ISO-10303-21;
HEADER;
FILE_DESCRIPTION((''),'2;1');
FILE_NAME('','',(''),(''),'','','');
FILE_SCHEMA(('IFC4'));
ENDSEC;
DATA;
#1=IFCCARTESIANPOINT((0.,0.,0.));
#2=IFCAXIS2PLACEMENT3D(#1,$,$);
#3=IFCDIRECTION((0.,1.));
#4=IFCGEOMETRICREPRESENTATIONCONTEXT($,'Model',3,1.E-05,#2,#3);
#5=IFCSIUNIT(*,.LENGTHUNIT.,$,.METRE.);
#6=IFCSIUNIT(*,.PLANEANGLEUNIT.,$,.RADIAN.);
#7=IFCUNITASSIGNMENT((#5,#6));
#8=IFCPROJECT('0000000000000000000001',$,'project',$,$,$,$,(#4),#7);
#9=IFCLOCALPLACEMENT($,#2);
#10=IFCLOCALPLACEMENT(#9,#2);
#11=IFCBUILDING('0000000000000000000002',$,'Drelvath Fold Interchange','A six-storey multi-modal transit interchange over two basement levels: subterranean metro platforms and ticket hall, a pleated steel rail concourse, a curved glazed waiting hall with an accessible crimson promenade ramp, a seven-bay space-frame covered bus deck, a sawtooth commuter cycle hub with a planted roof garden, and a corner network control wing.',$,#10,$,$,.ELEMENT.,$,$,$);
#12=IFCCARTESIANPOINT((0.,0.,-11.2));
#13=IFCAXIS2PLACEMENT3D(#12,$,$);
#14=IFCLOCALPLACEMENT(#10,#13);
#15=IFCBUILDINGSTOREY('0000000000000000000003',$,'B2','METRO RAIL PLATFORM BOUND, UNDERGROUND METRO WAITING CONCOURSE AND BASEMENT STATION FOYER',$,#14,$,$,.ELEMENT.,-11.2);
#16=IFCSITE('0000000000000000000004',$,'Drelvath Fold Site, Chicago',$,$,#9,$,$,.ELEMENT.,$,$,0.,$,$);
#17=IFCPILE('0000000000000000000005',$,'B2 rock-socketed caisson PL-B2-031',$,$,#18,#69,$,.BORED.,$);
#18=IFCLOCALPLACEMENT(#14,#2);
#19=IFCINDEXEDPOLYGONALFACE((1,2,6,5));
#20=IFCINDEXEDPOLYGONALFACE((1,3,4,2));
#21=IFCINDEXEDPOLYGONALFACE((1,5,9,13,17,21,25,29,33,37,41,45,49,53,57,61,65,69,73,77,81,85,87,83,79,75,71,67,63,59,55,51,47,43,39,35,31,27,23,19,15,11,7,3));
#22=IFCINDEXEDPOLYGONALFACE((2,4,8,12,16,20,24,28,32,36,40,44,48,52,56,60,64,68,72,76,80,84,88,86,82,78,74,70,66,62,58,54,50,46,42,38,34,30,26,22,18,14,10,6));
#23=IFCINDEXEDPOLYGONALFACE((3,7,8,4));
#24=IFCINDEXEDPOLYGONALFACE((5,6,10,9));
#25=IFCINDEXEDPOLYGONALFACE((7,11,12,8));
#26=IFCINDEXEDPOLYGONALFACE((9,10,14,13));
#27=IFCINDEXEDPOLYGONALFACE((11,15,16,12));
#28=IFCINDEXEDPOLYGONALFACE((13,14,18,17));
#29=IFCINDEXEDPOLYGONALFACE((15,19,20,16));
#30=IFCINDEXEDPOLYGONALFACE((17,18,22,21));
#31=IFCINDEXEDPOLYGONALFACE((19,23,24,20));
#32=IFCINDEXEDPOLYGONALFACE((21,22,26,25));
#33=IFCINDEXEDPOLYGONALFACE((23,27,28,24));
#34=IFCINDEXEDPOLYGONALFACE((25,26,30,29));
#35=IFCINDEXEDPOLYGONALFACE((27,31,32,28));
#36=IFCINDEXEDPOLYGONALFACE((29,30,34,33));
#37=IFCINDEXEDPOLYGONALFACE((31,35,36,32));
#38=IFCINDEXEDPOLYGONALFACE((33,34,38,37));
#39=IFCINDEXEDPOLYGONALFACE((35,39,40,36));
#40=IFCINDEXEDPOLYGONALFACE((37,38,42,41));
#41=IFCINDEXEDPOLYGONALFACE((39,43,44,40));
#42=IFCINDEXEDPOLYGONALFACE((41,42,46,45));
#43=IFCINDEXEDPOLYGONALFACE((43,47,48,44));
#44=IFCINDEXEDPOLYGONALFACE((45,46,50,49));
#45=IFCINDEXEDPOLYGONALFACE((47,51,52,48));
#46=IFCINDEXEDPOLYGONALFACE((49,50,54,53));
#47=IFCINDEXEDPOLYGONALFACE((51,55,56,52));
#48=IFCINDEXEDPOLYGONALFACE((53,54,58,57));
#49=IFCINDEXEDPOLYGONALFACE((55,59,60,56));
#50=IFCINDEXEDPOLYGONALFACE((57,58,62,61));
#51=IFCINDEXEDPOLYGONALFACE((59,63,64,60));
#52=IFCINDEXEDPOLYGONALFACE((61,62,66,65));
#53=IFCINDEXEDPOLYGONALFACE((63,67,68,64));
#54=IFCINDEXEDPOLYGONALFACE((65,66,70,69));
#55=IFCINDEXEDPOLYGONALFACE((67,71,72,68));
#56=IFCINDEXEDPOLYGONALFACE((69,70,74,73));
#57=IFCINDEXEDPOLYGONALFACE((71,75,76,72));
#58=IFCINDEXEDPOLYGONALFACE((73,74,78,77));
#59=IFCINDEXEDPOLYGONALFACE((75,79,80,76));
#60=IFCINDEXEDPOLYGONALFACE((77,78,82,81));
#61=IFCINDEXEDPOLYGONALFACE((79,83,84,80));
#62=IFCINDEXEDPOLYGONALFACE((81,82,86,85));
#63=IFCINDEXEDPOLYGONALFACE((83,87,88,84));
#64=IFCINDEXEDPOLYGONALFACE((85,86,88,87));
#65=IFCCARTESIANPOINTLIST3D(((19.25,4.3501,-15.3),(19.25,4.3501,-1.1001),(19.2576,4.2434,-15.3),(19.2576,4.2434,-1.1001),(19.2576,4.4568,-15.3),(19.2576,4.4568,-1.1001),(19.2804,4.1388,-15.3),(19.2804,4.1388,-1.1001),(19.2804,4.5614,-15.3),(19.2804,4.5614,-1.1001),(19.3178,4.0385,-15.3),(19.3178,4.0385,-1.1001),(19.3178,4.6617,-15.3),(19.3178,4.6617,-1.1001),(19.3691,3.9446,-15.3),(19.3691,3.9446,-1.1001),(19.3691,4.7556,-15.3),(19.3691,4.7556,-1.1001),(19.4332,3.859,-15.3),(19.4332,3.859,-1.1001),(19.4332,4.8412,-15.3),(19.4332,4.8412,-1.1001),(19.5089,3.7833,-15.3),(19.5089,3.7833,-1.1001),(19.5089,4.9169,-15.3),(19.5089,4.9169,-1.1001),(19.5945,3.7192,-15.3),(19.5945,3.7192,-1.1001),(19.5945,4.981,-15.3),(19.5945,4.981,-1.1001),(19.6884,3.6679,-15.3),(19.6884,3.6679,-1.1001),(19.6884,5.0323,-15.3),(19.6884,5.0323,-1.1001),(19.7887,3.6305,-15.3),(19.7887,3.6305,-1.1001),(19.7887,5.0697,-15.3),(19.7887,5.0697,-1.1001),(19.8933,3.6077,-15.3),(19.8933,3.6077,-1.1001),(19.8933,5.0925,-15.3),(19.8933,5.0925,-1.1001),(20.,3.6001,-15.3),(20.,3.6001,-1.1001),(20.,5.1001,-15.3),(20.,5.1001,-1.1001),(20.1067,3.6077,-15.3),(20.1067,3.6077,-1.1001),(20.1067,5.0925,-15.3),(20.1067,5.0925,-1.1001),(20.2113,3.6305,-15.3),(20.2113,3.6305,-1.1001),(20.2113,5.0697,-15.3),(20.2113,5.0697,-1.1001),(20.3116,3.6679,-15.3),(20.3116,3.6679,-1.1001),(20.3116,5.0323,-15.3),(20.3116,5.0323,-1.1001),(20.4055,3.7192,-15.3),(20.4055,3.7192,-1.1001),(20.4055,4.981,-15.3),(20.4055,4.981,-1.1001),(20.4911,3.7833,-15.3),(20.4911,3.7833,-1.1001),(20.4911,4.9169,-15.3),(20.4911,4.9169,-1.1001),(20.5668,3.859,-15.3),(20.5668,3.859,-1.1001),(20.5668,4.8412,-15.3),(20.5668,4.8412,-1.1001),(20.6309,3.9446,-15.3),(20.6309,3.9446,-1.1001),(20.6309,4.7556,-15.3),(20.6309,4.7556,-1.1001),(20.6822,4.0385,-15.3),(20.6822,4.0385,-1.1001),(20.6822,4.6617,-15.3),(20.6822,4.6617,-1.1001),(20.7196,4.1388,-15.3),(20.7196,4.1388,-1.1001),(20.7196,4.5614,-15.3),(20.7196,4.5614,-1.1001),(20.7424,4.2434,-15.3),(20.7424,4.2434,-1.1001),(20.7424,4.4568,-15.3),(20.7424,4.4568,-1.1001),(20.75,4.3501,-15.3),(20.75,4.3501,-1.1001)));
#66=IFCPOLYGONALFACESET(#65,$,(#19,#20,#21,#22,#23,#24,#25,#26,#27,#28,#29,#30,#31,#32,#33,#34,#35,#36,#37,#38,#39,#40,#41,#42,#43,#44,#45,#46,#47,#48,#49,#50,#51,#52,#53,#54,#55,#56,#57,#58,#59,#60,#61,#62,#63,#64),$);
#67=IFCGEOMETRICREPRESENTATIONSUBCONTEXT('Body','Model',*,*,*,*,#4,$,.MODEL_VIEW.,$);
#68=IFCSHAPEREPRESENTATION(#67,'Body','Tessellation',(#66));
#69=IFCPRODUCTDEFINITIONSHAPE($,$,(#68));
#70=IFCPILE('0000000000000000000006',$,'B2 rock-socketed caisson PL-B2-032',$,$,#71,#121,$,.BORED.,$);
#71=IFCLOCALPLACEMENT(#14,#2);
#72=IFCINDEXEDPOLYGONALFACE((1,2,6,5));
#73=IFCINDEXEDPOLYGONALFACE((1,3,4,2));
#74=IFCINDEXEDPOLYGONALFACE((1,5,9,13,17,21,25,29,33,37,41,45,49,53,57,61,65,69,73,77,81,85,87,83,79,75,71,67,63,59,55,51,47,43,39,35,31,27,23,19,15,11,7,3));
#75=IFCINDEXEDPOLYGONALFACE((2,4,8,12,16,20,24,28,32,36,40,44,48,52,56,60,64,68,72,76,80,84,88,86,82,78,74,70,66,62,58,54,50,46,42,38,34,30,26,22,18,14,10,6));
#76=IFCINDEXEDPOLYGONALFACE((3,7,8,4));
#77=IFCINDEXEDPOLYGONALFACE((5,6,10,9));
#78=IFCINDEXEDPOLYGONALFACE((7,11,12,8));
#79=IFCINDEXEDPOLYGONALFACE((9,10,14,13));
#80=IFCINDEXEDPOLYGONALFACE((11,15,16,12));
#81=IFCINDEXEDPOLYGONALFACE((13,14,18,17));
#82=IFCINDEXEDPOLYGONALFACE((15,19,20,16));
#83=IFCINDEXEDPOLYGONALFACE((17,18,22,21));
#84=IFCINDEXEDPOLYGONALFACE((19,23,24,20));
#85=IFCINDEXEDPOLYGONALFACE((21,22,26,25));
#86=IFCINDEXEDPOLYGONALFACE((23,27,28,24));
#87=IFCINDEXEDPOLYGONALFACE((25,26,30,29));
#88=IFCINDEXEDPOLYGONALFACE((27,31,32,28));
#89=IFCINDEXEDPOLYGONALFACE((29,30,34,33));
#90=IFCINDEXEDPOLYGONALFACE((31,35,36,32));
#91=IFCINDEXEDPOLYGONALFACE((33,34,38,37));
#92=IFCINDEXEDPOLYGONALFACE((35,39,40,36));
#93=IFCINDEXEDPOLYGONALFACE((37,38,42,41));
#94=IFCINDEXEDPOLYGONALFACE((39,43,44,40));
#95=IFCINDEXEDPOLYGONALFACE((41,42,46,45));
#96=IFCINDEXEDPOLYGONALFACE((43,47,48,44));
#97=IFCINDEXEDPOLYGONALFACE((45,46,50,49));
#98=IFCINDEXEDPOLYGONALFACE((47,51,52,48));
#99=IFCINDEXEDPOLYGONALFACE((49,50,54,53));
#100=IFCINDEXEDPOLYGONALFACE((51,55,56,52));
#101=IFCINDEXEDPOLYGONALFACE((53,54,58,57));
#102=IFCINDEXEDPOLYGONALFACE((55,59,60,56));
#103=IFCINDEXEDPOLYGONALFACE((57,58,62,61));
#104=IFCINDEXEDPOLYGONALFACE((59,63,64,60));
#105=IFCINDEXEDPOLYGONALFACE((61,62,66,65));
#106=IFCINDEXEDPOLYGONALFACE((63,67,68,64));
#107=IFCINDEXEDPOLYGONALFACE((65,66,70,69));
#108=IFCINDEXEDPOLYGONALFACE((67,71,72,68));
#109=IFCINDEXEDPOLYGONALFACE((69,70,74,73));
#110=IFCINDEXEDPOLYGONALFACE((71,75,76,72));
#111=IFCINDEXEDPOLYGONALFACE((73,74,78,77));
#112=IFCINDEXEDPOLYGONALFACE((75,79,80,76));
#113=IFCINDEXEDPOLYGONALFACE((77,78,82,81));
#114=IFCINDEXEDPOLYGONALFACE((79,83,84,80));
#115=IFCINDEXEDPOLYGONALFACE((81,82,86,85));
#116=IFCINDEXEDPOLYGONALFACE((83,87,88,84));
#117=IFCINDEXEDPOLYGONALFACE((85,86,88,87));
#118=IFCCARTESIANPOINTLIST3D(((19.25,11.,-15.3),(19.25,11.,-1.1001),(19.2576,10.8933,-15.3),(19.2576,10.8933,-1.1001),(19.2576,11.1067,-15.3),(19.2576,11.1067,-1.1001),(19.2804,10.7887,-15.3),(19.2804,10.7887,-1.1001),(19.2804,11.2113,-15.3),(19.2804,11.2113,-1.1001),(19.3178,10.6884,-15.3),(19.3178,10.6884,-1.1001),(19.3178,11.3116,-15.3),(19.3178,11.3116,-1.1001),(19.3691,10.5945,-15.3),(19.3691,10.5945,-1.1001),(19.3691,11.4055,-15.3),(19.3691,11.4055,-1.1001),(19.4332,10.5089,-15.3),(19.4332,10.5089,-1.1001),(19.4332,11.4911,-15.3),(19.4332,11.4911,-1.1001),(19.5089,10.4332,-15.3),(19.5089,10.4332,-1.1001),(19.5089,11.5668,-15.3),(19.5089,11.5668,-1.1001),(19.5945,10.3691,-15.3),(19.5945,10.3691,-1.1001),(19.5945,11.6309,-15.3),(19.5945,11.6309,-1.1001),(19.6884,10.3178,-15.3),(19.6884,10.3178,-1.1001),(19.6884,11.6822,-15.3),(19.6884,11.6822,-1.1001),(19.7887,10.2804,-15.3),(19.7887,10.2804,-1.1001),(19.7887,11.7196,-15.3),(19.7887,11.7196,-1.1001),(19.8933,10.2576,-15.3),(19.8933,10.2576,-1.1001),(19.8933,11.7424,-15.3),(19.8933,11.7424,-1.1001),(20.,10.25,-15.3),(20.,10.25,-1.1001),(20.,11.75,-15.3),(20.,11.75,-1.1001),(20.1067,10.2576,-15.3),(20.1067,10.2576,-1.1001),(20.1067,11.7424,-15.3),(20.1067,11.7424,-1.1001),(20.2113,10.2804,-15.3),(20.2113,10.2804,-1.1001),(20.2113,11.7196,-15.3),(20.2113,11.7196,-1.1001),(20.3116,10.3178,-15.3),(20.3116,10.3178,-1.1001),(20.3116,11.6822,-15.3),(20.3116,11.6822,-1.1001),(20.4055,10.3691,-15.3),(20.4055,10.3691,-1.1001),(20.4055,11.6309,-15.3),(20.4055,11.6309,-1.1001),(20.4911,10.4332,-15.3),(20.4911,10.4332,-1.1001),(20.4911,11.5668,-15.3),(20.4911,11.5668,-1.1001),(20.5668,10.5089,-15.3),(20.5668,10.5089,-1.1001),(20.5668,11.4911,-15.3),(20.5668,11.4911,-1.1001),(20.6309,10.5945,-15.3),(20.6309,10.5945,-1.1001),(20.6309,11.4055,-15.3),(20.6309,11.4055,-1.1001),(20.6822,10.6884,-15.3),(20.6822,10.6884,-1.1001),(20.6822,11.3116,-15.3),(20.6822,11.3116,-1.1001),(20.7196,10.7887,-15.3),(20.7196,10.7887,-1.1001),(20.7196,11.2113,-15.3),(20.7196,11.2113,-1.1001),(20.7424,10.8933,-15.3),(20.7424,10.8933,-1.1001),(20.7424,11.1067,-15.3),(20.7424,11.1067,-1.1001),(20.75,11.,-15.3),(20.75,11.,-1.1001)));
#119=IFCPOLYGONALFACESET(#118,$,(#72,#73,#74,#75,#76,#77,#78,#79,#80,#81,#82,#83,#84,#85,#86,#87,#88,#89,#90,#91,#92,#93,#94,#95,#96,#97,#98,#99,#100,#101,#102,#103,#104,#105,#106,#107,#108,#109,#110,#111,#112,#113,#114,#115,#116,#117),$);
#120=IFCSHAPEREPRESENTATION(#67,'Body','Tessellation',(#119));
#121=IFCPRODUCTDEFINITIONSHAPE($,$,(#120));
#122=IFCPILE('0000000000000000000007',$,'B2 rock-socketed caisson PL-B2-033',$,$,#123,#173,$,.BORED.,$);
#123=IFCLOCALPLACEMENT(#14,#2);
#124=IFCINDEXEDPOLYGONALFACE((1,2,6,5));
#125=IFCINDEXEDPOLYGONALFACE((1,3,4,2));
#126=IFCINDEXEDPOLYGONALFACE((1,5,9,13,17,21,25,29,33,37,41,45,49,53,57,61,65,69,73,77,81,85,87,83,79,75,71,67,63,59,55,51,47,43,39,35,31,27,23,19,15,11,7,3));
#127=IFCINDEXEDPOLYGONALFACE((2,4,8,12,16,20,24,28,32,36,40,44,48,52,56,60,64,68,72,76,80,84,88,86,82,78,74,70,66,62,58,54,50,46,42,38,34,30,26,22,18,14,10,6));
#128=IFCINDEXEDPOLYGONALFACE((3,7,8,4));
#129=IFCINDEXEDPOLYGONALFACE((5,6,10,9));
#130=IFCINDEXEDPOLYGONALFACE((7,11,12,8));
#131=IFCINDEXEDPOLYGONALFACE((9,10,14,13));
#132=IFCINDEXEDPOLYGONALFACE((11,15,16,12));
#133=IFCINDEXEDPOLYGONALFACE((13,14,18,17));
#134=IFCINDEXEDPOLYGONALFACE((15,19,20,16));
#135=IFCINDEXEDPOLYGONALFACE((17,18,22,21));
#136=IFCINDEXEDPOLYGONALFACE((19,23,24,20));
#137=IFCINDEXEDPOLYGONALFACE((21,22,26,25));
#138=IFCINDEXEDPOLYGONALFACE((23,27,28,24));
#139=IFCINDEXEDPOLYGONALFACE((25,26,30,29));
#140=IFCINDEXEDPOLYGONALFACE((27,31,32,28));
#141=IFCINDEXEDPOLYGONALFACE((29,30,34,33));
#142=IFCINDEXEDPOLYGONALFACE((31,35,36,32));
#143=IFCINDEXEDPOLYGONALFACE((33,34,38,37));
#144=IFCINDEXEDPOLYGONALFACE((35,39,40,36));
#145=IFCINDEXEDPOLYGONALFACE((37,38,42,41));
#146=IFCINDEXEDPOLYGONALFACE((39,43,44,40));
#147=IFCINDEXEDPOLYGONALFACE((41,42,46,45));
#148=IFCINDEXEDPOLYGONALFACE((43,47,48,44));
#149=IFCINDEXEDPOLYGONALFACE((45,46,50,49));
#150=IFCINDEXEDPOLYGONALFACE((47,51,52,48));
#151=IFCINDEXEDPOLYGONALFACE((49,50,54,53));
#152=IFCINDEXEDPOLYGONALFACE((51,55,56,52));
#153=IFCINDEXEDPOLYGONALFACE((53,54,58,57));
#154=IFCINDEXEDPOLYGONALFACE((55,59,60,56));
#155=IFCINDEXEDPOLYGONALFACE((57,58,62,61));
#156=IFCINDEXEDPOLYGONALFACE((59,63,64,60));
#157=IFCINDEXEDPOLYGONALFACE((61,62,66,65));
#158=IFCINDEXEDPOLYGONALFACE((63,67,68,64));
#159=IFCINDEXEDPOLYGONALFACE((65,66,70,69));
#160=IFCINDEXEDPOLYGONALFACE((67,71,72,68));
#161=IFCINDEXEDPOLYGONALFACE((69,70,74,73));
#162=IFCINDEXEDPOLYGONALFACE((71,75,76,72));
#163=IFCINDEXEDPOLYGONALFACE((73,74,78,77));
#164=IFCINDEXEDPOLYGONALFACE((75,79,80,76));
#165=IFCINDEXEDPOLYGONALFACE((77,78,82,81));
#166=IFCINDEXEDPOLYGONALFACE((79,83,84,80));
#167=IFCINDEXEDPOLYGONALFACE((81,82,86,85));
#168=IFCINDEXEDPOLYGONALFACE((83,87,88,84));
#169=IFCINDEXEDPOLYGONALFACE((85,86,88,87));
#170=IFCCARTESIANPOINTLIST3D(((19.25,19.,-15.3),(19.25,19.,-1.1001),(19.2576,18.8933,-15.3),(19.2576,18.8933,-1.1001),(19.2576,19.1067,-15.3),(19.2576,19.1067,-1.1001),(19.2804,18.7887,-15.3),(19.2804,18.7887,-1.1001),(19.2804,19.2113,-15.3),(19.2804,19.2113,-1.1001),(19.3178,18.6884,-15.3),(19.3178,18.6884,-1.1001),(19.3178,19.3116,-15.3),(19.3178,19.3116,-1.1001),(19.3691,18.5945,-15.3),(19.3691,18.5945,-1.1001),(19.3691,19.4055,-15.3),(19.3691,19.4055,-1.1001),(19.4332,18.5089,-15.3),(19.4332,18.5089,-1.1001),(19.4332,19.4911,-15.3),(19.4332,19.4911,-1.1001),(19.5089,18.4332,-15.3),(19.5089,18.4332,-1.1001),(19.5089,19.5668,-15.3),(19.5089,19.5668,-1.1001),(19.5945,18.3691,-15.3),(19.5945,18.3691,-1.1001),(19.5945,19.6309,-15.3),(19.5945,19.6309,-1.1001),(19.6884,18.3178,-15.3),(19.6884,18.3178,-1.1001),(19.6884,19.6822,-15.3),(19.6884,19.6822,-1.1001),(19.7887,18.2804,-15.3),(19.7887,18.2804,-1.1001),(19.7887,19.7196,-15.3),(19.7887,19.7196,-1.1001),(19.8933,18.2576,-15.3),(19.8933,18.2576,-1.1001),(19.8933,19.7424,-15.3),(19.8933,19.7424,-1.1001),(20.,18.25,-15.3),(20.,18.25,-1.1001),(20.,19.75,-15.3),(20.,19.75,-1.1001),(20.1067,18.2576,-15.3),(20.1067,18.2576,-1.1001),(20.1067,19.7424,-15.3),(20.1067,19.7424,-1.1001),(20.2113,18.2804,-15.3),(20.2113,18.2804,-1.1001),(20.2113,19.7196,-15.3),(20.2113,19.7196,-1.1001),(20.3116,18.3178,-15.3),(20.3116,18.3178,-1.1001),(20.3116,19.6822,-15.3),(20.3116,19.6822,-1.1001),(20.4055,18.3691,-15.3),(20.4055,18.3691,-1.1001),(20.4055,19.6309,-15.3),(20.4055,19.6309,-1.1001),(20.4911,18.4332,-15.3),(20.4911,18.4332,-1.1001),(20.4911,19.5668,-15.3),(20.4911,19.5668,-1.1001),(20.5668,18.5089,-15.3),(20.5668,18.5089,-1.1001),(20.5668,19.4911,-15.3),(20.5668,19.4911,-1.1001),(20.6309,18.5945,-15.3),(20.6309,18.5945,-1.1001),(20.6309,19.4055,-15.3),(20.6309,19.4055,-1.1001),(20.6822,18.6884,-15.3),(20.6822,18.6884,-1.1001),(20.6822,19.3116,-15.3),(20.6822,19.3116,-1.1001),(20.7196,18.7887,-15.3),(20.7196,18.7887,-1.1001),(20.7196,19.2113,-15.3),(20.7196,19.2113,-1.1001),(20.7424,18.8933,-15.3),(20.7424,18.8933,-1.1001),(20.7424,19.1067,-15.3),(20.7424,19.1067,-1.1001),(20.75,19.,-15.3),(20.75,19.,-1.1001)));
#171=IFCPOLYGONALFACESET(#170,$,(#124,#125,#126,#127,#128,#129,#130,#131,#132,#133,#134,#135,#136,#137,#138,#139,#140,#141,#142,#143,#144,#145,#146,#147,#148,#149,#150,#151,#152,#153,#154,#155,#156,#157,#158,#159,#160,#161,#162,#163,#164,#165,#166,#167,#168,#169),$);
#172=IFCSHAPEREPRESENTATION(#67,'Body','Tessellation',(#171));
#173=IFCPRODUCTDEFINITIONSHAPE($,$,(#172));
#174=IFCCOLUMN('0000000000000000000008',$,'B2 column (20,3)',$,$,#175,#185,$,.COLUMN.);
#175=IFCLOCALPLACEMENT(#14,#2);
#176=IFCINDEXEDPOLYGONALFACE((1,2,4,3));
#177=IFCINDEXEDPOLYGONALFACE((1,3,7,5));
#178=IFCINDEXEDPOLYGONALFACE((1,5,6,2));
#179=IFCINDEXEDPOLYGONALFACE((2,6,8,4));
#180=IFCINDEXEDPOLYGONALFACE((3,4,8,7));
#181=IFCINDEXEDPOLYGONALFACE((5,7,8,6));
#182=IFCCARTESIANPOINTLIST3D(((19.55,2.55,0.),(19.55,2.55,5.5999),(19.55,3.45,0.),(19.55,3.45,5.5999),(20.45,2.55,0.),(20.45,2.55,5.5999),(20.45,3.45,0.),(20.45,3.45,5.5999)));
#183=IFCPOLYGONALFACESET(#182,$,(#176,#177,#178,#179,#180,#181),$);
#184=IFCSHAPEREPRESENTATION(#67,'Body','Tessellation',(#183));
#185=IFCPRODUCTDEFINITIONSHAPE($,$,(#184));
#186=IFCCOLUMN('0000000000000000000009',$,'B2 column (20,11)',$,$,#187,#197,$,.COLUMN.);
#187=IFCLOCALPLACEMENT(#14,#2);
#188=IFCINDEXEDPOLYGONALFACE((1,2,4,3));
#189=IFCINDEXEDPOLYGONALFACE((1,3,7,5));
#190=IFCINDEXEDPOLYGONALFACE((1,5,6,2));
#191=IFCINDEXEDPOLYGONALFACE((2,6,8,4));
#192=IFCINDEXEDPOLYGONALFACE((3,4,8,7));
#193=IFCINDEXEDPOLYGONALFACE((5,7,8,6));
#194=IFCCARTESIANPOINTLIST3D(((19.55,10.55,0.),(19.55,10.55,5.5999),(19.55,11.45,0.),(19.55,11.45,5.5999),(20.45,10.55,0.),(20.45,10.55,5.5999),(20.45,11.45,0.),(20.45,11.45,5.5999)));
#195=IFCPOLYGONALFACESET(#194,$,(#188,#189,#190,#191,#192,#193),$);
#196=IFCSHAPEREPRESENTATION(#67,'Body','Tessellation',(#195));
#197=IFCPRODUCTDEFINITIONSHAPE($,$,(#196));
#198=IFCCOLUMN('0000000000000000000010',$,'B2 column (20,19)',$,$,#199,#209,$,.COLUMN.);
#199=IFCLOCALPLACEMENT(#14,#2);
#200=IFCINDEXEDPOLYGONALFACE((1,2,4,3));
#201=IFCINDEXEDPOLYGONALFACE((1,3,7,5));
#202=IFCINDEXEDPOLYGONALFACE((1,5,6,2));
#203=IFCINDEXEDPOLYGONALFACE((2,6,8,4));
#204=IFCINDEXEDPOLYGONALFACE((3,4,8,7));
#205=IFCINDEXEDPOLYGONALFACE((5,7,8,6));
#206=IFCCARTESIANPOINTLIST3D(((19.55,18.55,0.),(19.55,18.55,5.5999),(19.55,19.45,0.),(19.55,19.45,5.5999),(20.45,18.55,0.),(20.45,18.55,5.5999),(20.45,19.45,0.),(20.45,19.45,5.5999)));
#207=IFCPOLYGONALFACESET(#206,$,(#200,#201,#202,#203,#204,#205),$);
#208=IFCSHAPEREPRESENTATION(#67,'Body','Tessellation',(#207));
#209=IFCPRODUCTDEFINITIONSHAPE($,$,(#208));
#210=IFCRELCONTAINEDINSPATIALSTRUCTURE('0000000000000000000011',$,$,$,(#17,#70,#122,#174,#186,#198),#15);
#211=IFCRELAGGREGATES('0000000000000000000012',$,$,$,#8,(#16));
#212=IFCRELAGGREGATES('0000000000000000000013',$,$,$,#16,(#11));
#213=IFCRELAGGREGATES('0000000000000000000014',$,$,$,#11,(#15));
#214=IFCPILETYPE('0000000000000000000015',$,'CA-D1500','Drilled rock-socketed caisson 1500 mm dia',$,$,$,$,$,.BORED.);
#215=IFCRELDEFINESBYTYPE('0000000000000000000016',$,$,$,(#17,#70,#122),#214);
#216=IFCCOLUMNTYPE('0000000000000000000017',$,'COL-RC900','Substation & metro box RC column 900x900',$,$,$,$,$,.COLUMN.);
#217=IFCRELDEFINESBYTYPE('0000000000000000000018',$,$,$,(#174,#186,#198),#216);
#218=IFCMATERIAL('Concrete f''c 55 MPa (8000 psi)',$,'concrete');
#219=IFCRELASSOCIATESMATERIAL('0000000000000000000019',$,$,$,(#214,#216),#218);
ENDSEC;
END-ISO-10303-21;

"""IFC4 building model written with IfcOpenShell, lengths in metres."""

from ifc_helpers import new_model, si_unit, direction, frame, origin, origin_2d, place, context, subcontext, project, spatial, rectangle, circle, extrude, material, material_profile, profile_set, type_object, element, save


model = new_model("IFC4")

# Units and contexts
model_context = context("Model", 3, precision=1e-05, world=origin(), true_north=direction((0.0, 1.0)))
body_context = subcontext(model_context, "Body", "Model", "MODEL_VIEW")
ifc_project = project(units=[si_unit("LENGTHUNIT", "METRE"), si_unit("PLANEANGLEUNIT", "RADIAN")], contexts=[model_context])

# Site, building, storey
site_placement = place(None, origin())
site = spatial("IfcSite", under=ifc_project, at=site_placement, Name="Drelvath Fold Site, Chicago", CompositionType="ELEMENT", RefElevation=0.0)
building_placement = place(site_placement, origin())
building = spatial("IfcBuilding", under=site, at=building_placement, Name="Drelvath Fold Interchange", Description="A six-storey multi-modal transit interchange over two basement levels: subterranean metro platforms and ticket hall, a pleated steel rail concourse, a curved glazed waiting hall with an accessible crimson promenade ramp, a seven-bay space-frame covered bus deck, a sawtooth commuter cycle hub with a planted roof garden, and a corner network control wing.", CompositionType="ELEMENT")
storey_placement = place(building_placement, frame((0.0, 0.0, -11.2)))
storey = spatial("IfcBuildingStorey", under=building, at=storey_placement, Name="B2", Description="METRO RAIL PLATFORM BOUND, UNDERGROUND METRO WAITING CONCOURSE AND BASEMENT STATION FOYER", CompositionType="ELEMENT", Elevation=-11.2)

# Piles
ifc_material_1 = material(Name="Concrete f'c 55 MPa (8000 psi)", Category="concrete")
ifc_material_profile_1 = material_profile(ifc_material_1, circle(Radius=0.75, at=origin_2d()), Name="CAISSON D1500")
ifc_profile_set_1 = profile_set([ifc_material_profile_1], Name="Concrete f'c 55 MPa (8000 psi)")
pile_type = type_object("IfcPileType", Name="CA-D1500", Description="Drilled rock-socketed caisson 1500 mm dia", PredefinedType="BORED", material=ifc_profile_set_1)
for number, where, z_axis, x_axis, name in (
    (1, (20.0, 4.3501, -1.1001), (0.0, 0.0, -1.0), (1.0, 0.0, 0.0), "B2 rock-socketed caisson PL-B2-031"),
    (2, (20.0, 11.0, -1.1001), (0.0, 0.0, -1.0), (1.0, 0.0, 0.0), "B2 rock-socketed caisson PL-B2-032"),
    (3, (20.0, 19.0, -1.1001), (0.0, 0.0, -1.0), (1.0, 0.0, 0.0), "B2 rock-socketed caisson PL-B2-033"),
):
    element("IfcPile", number, at=place(storey_placement, frame(where, z_axis=z_axis, x_axis=x_axis)), inside=storey, type_object=pile_type, Name=name, PredefinedType="BORED", context=body_context, shape_type="SweptSolid", body=[
        extrude(circle(Radius=0.75, at=origin_2d()), origin(), (0.0, 0.0, 1.0), 14.2),
    ])

# Columns
ifc_material_profile_2 = material_profile(ifc_material_1, rectangle(XDim=0.8999, YDim=0.8999, at=origin_2d()), Name="RC 900x900")
ifc_profile_set_2 = profile_set([ifc_material_profile_2], Name="Concrete f'c 55 MPa (8000 psi)")
column_type = type_object("IfcColumnType", Name="COL-RC900", Description="Substation & metro box RC column 900x900", PredefinedType="COLUMN", material=ifc_profile_set_2)
for number, where, z_axis, x_axis, name in (
    (4, (20.0, 3.0, 0.0), (0.0, 0.0, 1.0), (1.0, 0.0, 0.0), "B2 column (20,3)"),
    (5, (20.0, 11.0, 0.0), (0.0, 0.0, 1.0), (1.0, 0.0, 0.0), "B2 column (20,11)"),
    (6, (20.0, 19.0, 0.0), (0.0, 0.0, 1.0), (1.0, 0.0, 0.0), "B2 column (20,19)"),
):
    element("IfcColumn", number, at=place(storey_placement, frame(where, z_axis=z_axis, x_axis=x_axis)), inside=storey, type_object=column_type, Name=name, PredefinedType="COLUMN", context=body_context, shape_type="SweptSolid", body=[
        extrude(rectangle(XDim=0.8999, YDim=0.8999, at=origin_2d()), origin(), (0.0, 0.0, 1.0), 5.5999),
    ])

save(model, "model.ifc")
